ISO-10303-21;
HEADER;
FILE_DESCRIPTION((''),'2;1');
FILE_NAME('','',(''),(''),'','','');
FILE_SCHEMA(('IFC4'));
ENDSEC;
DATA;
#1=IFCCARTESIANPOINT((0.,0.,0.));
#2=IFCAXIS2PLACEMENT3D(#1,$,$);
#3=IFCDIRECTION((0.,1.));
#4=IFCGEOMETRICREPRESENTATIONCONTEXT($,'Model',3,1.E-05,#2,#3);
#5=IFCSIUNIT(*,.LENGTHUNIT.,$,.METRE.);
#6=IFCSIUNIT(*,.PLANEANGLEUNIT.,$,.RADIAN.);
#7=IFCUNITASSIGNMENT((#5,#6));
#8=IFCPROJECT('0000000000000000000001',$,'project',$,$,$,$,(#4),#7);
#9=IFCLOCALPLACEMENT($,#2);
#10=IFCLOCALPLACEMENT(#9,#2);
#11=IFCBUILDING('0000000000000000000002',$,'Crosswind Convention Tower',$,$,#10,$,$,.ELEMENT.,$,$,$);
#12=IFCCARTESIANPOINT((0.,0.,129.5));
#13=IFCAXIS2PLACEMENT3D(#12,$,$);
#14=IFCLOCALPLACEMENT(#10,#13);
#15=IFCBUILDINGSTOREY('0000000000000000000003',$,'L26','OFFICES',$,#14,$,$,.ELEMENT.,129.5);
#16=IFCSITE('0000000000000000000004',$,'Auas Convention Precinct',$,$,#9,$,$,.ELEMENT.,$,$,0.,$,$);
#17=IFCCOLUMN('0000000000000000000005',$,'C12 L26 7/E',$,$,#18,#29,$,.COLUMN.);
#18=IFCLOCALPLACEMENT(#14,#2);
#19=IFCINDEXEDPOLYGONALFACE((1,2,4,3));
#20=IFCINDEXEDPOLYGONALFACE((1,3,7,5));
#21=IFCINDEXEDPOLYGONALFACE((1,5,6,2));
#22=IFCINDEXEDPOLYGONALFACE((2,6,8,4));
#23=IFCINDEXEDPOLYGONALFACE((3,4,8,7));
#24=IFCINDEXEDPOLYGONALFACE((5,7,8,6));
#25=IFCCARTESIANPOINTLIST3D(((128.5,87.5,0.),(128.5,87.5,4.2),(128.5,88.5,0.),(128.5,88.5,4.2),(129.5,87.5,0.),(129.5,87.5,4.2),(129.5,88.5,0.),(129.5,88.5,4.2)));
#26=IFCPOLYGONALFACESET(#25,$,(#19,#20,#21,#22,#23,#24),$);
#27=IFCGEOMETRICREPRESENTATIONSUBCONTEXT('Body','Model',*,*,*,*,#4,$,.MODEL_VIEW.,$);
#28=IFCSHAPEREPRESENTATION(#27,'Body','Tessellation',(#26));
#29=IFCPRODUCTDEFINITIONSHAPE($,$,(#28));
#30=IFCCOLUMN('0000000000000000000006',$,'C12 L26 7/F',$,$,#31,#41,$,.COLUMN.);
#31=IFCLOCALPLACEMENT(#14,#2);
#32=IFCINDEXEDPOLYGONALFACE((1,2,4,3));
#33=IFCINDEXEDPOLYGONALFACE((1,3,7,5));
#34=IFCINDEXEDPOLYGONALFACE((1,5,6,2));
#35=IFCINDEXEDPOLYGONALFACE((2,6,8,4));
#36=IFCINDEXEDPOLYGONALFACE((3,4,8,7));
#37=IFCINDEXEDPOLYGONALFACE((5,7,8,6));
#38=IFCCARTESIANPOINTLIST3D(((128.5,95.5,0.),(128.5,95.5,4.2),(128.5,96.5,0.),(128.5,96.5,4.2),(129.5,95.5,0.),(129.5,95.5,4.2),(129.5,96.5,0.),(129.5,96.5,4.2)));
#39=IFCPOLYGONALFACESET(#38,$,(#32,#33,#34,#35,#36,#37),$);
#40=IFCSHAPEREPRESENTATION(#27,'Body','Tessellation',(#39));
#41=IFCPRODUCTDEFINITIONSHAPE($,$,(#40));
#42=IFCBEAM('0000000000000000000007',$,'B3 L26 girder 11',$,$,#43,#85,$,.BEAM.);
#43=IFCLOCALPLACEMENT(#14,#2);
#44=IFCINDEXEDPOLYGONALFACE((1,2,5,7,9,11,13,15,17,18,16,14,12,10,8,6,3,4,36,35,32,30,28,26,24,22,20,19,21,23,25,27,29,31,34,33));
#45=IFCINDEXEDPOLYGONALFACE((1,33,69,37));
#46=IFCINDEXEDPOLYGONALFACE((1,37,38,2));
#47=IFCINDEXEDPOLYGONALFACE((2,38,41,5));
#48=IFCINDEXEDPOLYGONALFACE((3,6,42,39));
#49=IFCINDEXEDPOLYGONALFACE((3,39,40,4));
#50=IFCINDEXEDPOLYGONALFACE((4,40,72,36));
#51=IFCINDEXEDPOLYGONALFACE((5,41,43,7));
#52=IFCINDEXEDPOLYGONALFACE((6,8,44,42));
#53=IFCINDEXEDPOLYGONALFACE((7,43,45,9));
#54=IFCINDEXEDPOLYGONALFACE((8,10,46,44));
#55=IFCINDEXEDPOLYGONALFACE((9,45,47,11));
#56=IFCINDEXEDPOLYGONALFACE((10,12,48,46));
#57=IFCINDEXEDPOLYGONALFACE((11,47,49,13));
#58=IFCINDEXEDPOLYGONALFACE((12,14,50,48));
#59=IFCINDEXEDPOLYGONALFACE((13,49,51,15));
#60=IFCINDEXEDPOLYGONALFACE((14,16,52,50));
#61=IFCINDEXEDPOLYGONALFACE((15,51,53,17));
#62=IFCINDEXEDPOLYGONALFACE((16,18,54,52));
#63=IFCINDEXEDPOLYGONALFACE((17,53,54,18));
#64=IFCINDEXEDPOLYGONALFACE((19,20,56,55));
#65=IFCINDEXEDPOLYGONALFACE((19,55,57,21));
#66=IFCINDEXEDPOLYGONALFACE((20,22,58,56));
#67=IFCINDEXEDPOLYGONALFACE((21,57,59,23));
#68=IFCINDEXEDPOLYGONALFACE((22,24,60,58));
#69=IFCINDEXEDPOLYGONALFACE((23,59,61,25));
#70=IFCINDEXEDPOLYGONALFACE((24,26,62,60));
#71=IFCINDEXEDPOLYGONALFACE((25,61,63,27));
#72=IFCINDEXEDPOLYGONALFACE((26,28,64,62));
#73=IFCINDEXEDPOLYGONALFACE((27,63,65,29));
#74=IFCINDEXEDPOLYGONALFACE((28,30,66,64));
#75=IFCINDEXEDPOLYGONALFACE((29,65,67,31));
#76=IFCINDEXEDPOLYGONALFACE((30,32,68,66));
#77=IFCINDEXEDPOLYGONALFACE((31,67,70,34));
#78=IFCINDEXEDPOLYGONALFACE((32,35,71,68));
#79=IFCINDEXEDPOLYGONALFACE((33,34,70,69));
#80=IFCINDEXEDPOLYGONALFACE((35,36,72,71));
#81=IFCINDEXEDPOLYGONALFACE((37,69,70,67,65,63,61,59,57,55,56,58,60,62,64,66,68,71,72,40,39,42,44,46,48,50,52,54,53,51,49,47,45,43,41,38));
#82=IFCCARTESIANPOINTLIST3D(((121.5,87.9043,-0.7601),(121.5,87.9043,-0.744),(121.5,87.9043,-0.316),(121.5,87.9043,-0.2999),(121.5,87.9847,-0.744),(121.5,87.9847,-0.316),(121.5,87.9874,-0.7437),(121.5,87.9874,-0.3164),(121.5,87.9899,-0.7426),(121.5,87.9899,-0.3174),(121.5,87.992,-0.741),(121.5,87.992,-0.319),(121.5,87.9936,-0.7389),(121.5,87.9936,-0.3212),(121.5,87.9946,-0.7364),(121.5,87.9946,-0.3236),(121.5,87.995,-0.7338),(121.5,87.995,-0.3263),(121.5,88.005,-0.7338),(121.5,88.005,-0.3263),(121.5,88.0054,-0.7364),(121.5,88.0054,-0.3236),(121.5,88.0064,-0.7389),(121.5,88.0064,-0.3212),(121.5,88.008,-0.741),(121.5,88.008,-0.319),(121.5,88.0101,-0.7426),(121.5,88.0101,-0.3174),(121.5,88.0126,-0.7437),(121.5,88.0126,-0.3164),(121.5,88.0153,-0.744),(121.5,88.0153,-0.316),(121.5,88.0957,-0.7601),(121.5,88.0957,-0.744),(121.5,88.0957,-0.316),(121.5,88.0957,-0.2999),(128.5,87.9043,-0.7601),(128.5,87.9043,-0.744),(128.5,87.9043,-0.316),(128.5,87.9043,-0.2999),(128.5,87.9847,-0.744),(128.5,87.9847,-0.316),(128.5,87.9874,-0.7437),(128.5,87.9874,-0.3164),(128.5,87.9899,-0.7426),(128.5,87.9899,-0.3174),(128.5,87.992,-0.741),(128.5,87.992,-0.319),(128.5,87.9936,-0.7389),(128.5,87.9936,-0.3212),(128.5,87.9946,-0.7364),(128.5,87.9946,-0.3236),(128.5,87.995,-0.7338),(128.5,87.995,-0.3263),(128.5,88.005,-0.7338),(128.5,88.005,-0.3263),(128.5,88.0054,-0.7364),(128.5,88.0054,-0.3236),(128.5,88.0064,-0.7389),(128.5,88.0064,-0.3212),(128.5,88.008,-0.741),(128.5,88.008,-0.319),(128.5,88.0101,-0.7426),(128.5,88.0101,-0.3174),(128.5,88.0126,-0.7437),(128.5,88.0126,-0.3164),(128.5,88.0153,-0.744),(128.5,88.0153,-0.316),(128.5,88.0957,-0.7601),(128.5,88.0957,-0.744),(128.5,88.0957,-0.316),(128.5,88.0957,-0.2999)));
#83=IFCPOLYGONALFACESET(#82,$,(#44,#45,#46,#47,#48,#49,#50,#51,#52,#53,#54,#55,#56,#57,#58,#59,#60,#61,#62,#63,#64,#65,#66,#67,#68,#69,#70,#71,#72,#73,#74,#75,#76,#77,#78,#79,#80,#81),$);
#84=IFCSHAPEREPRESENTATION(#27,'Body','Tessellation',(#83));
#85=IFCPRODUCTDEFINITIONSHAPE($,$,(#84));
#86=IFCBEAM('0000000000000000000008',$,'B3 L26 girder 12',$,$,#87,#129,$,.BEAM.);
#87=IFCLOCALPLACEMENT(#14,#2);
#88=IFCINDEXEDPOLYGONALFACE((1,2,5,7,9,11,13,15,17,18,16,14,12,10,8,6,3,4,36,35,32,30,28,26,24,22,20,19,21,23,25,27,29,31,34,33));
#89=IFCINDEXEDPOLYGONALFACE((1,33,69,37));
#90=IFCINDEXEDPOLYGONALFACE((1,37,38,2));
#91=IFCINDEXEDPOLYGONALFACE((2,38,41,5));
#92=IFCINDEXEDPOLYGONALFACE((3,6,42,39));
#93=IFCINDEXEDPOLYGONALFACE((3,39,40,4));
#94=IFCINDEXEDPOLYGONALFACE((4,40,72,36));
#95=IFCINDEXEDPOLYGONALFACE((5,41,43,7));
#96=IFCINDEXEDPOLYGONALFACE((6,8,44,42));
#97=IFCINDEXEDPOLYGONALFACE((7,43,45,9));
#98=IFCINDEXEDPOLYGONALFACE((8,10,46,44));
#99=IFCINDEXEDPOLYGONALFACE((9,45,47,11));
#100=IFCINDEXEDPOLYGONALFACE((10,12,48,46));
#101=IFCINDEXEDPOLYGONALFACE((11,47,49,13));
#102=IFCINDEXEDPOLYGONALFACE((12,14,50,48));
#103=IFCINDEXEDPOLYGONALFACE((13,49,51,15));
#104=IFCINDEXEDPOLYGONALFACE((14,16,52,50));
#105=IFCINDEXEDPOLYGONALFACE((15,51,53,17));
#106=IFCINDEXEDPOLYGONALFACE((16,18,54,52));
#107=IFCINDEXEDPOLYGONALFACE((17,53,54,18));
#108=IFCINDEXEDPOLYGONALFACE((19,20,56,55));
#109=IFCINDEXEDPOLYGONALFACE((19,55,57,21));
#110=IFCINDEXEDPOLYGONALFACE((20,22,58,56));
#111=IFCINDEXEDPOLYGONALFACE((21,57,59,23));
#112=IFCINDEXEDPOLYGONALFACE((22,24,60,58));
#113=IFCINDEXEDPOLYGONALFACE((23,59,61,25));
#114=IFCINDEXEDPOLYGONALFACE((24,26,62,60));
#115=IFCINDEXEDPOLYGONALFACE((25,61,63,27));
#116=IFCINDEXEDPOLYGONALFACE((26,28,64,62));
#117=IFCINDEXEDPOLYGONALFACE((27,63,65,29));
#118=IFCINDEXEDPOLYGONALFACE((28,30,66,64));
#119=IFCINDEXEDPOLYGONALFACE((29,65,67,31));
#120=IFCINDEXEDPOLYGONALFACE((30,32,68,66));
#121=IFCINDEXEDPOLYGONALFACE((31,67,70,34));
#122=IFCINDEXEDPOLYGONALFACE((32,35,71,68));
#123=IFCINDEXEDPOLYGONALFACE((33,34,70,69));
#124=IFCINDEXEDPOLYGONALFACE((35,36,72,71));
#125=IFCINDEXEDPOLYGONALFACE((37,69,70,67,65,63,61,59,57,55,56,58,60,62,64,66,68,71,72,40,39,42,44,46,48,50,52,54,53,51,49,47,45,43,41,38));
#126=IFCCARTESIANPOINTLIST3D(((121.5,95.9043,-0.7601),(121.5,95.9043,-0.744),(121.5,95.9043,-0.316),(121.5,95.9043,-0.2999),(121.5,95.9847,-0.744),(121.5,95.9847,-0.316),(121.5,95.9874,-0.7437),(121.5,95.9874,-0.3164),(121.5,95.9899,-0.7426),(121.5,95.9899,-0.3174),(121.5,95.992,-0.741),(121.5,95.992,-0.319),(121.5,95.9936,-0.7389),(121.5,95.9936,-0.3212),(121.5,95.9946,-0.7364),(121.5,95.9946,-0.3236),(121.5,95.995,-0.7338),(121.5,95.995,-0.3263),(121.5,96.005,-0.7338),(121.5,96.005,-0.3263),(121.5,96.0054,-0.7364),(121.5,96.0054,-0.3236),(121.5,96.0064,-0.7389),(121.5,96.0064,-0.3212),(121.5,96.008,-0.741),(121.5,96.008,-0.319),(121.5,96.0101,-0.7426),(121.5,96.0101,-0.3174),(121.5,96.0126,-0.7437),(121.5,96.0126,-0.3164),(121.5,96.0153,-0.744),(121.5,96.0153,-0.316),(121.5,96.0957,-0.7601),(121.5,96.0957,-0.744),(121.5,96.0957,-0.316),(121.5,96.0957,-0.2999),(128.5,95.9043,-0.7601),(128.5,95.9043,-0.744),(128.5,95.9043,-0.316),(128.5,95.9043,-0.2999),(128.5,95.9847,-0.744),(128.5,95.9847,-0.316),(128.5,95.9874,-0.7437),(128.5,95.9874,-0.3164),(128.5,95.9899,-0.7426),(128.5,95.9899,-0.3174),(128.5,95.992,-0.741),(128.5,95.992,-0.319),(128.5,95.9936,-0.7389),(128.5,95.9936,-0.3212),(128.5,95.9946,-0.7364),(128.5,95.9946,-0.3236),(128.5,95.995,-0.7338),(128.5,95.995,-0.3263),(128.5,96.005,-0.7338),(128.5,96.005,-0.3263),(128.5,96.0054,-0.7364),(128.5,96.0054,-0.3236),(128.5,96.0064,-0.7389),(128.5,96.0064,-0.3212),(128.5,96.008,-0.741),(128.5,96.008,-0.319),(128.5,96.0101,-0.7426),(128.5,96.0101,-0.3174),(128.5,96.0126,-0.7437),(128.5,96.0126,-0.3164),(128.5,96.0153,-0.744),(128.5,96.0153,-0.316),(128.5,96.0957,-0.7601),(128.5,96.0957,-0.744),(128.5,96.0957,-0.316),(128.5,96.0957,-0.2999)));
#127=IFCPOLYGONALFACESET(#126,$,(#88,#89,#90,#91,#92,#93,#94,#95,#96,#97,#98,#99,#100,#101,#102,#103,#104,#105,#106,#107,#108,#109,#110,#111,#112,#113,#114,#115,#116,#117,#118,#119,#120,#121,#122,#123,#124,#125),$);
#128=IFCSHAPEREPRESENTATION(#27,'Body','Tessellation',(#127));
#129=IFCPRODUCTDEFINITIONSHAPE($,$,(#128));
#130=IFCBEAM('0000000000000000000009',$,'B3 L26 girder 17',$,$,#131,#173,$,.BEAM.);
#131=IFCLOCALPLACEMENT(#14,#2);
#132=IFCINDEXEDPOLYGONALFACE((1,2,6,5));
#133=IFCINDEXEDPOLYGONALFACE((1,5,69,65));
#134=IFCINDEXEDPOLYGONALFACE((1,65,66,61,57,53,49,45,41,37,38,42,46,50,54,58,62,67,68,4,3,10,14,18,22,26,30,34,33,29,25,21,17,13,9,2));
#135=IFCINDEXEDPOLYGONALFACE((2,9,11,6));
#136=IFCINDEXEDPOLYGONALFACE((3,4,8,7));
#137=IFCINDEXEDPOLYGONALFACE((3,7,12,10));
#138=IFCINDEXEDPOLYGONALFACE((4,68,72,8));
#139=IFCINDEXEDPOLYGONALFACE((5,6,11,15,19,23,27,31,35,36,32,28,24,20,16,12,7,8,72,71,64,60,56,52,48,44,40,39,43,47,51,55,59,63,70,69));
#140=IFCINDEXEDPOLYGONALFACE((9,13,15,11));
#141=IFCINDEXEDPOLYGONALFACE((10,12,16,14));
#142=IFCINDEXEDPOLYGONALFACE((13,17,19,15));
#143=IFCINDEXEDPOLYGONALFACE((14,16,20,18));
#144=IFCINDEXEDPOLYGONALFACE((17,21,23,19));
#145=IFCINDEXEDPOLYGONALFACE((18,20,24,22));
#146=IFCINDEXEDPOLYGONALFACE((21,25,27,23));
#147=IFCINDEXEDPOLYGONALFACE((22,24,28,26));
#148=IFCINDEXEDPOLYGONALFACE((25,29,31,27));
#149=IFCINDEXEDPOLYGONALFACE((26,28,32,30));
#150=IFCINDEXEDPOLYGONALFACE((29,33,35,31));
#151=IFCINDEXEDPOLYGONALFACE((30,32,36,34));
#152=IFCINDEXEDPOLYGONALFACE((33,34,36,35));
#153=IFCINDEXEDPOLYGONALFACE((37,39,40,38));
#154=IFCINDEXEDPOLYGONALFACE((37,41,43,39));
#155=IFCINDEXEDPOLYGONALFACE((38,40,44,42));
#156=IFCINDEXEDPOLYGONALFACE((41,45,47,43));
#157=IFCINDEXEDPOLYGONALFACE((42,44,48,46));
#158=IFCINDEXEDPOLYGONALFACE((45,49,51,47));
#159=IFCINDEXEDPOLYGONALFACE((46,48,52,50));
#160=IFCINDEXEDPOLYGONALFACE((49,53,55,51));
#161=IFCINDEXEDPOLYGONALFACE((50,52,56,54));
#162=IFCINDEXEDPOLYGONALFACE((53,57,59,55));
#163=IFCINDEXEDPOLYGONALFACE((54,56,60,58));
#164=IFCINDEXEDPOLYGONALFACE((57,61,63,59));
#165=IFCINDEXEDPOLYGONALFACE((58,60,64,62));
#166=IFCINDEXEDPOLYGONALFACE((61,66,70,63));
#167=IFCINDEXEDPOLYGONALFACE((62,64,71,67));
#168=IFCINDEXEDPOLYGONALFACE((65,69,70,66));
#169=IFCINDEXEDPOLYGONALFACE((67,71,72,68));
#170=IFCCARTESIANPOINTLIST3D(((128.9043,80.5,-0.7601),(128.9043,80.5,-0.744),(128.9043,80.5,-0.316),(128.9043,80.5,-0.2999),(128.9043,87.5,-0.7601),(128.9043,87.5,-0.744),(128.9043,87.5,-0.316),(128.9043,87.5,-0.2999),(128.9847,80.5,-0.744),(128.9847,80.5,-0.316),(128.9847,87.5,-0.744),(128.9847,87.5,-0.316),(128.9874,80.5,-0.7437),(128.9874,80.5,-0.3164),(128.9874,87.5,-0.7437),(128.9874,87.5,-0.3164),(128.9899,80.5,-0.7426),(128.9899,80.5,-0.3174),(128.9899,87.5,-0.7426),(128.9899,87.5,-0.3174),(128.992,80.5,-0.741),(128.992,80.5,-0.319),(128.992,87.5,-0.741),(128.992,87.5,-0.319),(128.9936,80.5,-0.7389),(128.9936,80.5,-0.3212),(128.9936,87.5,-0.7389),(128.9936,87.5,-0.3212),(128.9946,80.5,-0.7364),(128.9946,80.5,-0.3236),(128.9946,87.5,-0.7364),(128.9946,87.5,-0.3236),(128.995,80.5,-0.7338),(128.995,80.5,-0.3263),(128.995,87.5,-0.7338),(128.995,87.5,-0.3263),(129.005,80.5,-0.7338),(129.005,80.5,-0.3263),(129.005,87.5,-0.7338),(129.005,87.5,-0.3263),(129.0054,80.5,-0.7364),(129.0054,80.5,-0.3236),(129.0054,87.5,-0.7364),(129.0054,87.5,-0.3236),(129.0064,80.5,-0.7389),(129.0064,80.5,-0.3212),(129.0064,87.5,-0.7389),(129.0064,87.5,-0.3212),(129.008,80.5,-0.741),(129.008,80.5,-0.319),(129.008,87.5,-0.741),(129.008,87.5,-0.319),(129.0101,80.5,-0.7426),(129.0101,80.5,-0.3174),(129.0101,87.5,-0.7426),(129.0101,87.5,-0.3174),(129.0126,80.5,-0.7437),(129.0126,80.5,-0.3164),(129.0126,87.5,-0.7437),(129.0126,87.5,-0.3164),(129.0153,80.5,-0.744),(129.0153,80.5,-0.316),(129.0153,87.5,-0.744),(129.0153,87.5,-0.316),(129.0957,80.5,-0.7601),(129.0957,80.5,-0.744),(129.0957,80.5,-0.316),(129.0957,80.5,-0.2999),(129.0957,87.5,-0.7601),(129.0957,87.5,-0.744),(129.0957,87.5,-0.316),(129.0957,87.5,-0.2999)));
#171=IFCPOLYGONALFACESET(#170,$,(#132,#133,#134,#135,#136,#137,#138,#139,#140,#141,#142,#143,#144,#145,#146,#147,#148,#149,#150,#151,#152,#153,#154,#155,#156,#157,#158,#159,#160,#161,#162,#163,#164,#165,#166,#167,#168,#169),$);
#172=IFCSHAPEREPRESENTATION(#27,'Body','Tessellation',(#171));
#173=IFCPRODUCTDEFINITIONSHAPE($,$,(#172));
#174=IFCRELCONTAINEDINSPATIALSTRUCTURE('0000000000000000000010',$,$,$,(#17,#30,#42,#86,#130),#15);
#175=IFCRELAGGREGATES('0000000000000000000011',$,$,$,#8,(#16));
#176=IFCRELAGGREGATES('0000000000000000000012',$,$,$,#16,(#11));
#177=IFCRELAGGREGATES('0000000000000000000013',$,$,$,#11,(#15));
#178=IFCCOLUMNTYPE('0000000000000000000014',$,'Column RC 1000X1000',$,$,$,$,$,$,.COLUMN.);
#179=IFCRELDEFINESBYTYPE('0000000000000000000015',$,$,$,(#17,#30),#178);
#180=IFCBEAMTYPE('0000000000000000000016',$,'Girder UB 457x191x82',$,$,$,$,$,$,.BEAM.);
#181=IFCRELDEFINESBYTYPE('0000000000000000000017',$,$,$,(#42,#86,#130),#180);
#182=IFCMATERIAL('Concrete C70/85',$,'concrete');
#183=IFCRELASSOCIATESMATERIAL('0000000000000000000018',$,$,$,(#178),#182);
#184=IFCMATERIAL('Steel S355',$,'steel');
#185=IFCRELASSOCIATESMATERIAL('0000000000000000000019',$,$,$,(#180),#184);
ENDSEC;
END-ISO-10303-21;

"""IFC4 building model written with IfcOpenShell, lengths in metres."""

from ifc_helpers import new_model, si_unit, direction, frame, origin, origin_2d, place, context, subcontext, project, spatial, rectangle, i_section, extrude, material, material_profile, profile_set, type_object, element, save


model = new_model("IFC4")

# Units and contexts
model_context = context("Model", 3, precision=1e-05, world=origin(), true_north=direction((0.0, 1.0)))
body_context = subcontext(model_context, "Body", "Model", "MODEL_VIEW")
ifc_project = project(units=[si_unit("LENGTHUNIT", "METRE"), si_unit("PLANEANGLEUNIT", "RADIAN")], contexts=[model_context])

# Site, building, storey
site_placement = place(None, origin())
site = spatial("IfcSite", under=ifc_project, at=site_placement, Name="Auas Convention Precinct", CompositionType="ELEMENT", RefElevation=0.0)
building_placement = place(site_placement, origin())
building = spatial("IfcBuilding", under=site, at=building_placement, Name="Crosswind Convention Tower", CompositionType="ELEMENT")
storey_placement = place(building_placement, frame((0.0, 0.0, 129.5)))
storey = spatial("IfcBuildingStorey", under=building, at=storey_placement, Name="L26", Description="OFFICES", CompositionType="ELEMENT", Elevation=129.5)

# Columns
ifc_material_1 = material(Name="Concrete C70/85", Category="concrete")
ifc_material_profile_1 = material_profile(ifc_material_1, rectangle(XDim=1.0, YDim=1.0, at=origin_2d()), Name="RC 1000X1000")
ifc_profile_set_1 = profile_set([ifc_material_profile_1], Name="Concrete C70/85")
column_type = type_object("IfcColumnType", Name="Column RC 1000X1000", PredefinedType="COLUMN", material=ifc_profile_set_1)
for number, where, z_axis, x_axis, name in (
    (1, (129.0, 88.0, 0.0), (0.0, 0.0, 1.0), (1.0, 0.0, 0.0), "C12 L26 7/E"),
    (2, (129.0, 96.0, 0.0), (0.0, 0.0, 1.0), (1.0, 0.0, 0.0), "C12 L26 7/F"),
):
    element("IfcColumn", number, at=place(storey_placement, frame(where, z_axis=z_axis, x_axis=x_axis)), inside=storey, type_object=column_type, Name=name, PredefinedType="COLUMN", context=body_context, shape_type="SweptSolid", body=[
        extrude(rectangle(XDim=1.0, YDim=1.0, at=origin_2d()), origin(), (0.0, 0.0, 1.0), 4.2),
    ])

# Beams
ifc_material_2 = material(Name="Steel S355", Category="steel")
ifc_material_profile_2 = material_profile(ifc_material_2, i_section(OverallWidth=0.1914, OverallDepth=0.4602, WebThickness=0.01, FlangeThickness=0.0161, FilletRadius=0.0103, at=origin_2d()), Name="UB 457x191x82")
ifc_profile_set_2 = profile_set([ifc_material_profile_2], Name="Steel S355")
beam_type_1 = type_object("IfcBeamType", Name="Girder UB 457x191x82", PredefinedType="BEAM", material=ifc_profile_set_2)
for number, where, z_axis, x_axis, name in (
    (3, (121.5, 88.0, -0.53), (1.0, 0.0, 0.0), (0.0, 1.0, 0.0), "B3 L26 girder 11"),
    (4, (121.5, 96.0, -0.53), (1.0, 0.0, 0.0), (0.0, 1.0, 0.0), "B3 L26 girder 12"),
    (5, (129.0, 80.5, -0.53), (0.0, 1.0, 0.0), (-1.0, 0.0, 0.0), "B3 L26 girder 17"),
):
    element("IfcBeam", number, at=place(storey_placement, frame(where, z_axis=z_axis, x_axis=x_axis)), inside=storey, type_object=beam_type_1, Name=name, PredefinedType="BEAM", context=body_context, shape_type="SweptSolid", body=[
        extrude(i_section(OverallWidth=0.1914, OverallDepth=0.4602, WebThickness=0.01, FlangeThickness=0.0161, FilletRadius=0.0103, at=origin_2d()), origin(), (0.0, 0.0, 1.0), 7.0),
    ])

save(model, "model.ifc")
